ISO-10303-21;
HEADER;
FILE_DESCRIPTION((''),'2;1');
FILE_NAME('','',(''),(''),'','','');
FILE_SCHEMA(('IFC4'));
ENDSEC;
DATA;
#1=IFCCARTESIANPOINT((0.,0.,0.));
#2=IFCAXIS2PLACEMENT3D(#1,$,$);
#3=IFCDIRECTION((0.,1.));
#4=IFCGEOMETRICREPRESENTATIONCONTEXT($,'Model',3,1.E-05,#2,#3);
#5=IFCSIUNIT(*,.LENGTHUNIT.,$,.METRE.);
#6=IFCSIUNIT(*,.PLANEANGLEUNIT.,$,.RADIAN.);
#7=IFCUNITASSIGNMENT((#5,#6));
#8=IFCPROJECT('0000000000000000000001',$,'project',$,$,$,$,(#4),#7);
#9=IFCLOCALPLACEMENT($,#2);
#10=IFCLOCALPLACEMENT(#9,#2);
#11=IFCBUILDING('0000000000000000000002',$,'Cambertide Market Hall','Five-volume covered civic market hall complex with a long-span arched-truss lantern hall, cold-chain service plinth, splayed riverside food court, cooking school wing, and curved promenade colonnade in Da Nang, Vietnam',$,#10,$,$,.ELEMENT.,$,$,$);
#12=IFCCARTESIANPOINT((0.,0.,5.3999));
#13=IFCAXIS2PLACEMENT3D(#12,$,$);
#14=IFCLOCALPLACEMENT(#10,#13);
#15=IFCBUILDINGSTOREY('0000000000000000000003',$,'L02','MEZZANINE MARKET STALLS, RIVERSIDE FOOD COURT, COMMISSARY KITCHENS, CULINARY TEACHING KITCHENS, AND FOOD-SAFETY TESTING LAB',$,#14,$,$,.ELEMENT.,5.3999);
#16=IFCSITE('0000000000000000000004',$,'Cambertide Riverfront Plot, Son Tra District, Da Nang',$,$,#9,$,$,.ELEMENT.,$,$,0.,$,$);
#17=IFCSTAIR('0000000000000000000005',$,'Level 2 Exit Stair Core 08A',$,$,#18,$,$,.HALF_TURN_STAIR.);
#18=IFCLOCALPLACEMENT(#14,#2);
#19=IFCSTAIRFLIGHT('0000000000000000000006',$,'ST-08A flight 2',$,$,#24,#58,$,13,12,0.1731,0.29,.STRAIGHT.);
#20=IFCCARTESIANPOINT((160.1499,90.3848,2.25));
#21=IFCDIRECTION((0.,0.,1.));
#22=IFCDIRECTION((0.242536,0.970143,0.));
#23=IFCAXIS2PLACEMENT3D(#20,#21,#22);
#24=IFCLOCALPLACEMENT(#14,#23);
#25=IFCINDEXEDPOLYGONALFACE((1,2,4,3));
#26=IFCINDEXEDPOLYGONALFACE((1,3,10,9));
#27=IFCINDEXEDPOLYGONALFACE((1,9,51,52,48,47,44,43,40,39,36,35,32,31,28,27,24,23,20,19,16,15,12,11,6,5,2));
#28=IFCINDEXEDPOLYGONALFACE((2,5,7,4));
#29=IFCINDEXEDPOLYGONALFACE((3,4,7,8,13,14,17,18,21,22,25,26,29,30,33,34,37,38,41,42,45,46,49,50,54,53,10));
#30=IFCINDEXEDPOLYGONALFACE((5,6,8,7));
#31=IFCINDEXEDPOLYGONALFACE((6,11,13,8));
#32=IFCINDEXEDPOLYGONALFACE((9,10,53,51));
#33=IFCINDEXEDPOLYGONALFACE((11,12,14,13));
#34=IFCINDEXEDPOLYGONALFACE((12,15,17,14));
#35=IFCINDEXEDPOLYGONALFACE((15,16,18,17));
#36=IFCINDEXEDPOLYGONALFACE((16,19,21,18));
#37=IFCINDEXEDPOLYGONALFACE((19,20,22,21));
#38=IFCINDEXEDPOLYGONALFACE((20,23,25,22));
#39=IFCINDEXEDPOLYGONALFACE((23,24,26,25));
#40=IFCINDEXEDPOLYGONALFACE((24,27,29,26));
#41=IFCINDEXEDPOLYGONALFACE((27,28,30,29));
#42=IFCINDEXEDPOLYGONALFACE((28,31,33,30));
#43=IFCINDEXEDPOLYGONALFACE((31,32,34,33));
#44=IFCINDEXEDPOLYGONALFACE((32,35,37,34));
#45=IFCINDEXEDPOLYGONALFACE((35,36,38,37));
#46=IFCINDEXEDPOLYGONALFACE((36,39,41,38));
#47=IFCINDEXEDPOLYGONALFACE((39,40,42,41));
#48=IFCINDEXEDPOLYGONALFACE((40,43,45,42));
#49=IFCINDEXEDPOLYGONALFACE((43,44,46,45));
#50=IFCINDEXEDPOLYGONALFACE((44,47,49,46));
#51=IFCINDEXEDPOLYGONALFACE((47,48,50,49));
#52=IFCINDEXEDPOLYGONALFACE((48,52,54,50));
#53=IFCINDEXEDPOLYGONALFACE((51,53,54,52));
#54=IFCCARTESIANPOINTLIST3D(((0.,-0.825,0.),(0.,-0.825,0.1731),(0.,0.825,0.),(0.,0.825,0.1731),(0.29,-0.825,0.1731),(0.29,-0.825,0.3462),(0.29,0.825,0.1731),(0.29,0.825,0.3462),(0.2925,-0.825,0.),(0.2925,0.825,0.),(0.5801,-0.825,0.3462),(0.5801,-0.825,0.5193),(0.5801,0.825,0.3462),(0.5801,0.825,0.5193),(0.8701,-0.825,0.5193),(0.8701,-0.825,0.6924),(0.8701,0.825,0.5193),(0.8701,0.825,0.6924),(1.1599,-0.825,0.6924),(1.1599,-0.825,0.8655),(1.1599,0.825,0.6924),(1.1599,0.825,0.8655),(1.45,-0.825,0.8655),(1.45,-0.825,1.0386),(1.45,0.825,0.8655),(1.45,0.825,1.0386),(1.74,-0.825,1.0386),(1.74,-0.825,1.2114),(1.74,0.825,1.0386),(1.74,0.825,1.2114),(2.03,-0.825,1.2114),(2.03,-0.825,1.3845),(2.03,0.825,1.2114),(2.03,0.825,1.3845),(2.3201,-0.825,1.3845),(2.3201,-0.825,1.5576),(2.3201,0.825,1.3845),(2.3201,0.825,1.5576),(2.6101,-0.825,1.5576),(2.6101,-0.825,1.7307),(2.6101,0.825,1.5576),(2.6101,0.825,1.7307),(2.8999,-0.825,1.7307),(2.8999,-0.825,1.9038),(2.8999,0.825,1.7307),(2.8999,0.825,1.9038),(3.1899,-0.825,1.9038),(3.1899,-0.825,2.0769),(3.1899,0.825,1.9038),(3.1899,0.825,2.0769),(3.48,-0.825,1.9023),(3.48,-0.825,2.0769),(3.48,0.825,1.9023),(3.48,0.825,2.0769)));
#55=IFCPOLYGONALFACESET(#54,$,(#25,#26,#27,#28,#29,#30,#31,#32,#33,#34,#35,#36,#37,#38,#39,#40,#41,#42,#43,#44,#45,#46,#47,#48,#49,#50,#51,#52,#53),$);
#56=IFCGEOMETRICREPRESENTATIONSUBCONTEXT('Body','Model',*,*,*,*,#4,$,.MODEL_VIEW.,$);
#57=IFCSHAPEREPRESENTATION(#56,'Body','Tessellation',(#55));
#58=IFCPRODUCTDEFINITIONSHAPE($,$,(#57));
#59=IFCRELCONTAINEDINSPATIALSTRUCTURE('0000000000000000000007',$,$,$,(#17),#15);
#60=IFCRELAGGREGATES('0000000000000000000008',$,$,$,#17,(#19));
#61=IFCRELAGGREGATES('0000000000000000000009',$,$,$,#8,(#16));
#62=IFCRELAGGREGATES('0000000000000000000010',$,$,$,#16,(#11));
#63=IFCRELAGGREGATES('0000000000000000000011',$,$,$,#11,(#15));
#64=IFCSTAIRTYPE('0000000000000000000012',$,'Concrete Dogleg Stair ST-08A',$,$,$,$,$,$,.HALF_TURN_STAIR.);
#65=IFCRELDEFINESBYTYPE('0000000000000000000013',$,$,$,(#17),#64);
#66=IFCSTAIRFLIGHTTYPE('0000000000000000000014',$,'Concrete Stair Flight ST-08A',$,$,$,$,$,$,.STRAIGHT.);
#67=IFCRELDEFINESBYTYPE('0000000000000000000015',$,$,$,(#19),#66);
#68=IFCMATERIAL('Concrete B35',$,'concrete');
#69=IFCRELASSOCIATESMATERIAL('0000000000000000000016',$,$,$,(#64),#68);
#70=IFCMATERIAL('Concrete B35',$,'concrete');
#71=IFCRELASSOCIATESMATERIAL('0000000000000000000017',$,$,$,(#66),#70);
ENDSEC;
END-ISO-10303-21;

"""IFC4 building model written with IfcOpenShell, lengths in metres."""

from ifc_helpers import new_model, si_unit, direction, frame, origin, place, context, subcontext, project, spatial, polyline, outline, extrude, material, type_object, element, aggregate, save


model = new_model("IFC4")

# Units and contexts
model_context = context("Model", 3, precision=1e-05, world=origin(), true_north=direction((0.0, 1.0)))
body_context = subcontext(model_context, "Body", "Model", "MODEL_VIEW")
ifc_project = project(units=[si_unit("LENGTHUNIT", "METRE"), si_unit("PLANEANGLEUNIT", "RADIAN")], contexts=[model_context])

# Site, building, storey
site_placement = place(None, origin())
site = spatial("IfcSite", under=ifc_project, at=site_placement, Name="Cambertide Riverfront Plot, Son Tra District, Da Nang", CompositionType="ELEMENT", RefElevation=0.0)
building_placement = place(site_placement, origin())
building = spatial("IfcBuilding", under=site, at=building_placement, Name="Cambertide Market Hall", Description="Five-volume covered civic market hall complex with a long-span arched-truss lantern hall, cold-chain service plinth, splayed riverside food court, cooking school wing, and curved promenade colonnade in Da Nang, Vietnam", CompositionType="ELEMENT")
storey_placement = place(building_placement, frame((0.0, 0.0, 5.3999)))
storey = spatial("IfcBuildingStorey", under=building, at=storey_placement, Name="L02", Description="MEZZANINE MARKET STALLS, RIVERSIDE FOOD COURT, COMMISSARY KITCHENS, CULINARY TEACHING KITCHENS, AND FOOD-SAFETY TESTING LAB", CompositionType="ELEMENT", Elevation=5.3999)

# Stair, stair flight
ifc_material_1 = material(Name="Concrete B35", Category="concrete")
stair_type = type_object("IfcStairType", Name="Concrete Dogleg Stair ST-08A", PredefinedType="HALF_TURN_STAIR", material=ifc_material_1)
stair_placement = place(storey_placement, origin())
stair = element("IfcStair", 1, at=stair_placement, inside=storey, type_object=stair_type, Name="Level 2 Exit Stair Core 08A", PredefinedType="HALF_TURN_STAIR")
ifc_material_2 = material(Name="Concrete B35", Category="concrete")
stair_flight_type = type_object("IfcStairFlightType", Name="Concrete Stair Flight ST-08A", PredefinedType="STRAIGHT", material=ifc_material_2)
stair_flight_placement = place(storey_placement, frame((160.1499, 90.3848, 2.25), z_axis=(0.0, 0.0, 1.0), x_axis=(0.242536, 0.970143, 0.0)))
stair_flight = element("IfcStairFlight", 2, at=stair_flight_placement, type_object=stair_flight_type, Name="ST-08A flight 2", NumberOfRisers=13, NumberOfTreads=12, PredefinedType="STRAIGHT", RiserHeight=0.1731, TreadLength=0.29, context=body_context, shape_type="SweptSolid", body=[
    extrude(outline(polyline([(0.0, 0.0), (0.0, 0.1731), (0.29, 0.1731), (0.29, 0.3462), (0.5801, 0.3462), (0.5801, 0.5193), (0.8701, 0.5193), (0.8701, 0.6924), (1.1599, 0.6924), (1.1599, 0.8655), (1.45, 0.8655), (1.45, 1.0386), (1.74, 1.0386), (1.74, 1.2114), (2.03, 1.2114), (2.03, 1.3845), (2.3201, 1.3845), (2.3201, 1.5576), (2.6101, 1.5576), (2.6101, 1.7307), (2.8999, 1.7307), (2.8999, 1.9038), (3.1899, 1.9038), (3.1899, 2.0769), (3.48, 2.0769), (3.48, 2.25), (3.48, 1.9023), (0.2925, 0.0), (0.0, 0.0)])), frame((0.0, 0.825, 0.0), z_axis=(0.0, -1.0, 0.0), x_axis=(1.0, 0.0, 0.0)), (0.0, 0.0, 1.0), 1.6499),
])
aggregate(stair, [stair_flight])

save(model, "model.ifc")
